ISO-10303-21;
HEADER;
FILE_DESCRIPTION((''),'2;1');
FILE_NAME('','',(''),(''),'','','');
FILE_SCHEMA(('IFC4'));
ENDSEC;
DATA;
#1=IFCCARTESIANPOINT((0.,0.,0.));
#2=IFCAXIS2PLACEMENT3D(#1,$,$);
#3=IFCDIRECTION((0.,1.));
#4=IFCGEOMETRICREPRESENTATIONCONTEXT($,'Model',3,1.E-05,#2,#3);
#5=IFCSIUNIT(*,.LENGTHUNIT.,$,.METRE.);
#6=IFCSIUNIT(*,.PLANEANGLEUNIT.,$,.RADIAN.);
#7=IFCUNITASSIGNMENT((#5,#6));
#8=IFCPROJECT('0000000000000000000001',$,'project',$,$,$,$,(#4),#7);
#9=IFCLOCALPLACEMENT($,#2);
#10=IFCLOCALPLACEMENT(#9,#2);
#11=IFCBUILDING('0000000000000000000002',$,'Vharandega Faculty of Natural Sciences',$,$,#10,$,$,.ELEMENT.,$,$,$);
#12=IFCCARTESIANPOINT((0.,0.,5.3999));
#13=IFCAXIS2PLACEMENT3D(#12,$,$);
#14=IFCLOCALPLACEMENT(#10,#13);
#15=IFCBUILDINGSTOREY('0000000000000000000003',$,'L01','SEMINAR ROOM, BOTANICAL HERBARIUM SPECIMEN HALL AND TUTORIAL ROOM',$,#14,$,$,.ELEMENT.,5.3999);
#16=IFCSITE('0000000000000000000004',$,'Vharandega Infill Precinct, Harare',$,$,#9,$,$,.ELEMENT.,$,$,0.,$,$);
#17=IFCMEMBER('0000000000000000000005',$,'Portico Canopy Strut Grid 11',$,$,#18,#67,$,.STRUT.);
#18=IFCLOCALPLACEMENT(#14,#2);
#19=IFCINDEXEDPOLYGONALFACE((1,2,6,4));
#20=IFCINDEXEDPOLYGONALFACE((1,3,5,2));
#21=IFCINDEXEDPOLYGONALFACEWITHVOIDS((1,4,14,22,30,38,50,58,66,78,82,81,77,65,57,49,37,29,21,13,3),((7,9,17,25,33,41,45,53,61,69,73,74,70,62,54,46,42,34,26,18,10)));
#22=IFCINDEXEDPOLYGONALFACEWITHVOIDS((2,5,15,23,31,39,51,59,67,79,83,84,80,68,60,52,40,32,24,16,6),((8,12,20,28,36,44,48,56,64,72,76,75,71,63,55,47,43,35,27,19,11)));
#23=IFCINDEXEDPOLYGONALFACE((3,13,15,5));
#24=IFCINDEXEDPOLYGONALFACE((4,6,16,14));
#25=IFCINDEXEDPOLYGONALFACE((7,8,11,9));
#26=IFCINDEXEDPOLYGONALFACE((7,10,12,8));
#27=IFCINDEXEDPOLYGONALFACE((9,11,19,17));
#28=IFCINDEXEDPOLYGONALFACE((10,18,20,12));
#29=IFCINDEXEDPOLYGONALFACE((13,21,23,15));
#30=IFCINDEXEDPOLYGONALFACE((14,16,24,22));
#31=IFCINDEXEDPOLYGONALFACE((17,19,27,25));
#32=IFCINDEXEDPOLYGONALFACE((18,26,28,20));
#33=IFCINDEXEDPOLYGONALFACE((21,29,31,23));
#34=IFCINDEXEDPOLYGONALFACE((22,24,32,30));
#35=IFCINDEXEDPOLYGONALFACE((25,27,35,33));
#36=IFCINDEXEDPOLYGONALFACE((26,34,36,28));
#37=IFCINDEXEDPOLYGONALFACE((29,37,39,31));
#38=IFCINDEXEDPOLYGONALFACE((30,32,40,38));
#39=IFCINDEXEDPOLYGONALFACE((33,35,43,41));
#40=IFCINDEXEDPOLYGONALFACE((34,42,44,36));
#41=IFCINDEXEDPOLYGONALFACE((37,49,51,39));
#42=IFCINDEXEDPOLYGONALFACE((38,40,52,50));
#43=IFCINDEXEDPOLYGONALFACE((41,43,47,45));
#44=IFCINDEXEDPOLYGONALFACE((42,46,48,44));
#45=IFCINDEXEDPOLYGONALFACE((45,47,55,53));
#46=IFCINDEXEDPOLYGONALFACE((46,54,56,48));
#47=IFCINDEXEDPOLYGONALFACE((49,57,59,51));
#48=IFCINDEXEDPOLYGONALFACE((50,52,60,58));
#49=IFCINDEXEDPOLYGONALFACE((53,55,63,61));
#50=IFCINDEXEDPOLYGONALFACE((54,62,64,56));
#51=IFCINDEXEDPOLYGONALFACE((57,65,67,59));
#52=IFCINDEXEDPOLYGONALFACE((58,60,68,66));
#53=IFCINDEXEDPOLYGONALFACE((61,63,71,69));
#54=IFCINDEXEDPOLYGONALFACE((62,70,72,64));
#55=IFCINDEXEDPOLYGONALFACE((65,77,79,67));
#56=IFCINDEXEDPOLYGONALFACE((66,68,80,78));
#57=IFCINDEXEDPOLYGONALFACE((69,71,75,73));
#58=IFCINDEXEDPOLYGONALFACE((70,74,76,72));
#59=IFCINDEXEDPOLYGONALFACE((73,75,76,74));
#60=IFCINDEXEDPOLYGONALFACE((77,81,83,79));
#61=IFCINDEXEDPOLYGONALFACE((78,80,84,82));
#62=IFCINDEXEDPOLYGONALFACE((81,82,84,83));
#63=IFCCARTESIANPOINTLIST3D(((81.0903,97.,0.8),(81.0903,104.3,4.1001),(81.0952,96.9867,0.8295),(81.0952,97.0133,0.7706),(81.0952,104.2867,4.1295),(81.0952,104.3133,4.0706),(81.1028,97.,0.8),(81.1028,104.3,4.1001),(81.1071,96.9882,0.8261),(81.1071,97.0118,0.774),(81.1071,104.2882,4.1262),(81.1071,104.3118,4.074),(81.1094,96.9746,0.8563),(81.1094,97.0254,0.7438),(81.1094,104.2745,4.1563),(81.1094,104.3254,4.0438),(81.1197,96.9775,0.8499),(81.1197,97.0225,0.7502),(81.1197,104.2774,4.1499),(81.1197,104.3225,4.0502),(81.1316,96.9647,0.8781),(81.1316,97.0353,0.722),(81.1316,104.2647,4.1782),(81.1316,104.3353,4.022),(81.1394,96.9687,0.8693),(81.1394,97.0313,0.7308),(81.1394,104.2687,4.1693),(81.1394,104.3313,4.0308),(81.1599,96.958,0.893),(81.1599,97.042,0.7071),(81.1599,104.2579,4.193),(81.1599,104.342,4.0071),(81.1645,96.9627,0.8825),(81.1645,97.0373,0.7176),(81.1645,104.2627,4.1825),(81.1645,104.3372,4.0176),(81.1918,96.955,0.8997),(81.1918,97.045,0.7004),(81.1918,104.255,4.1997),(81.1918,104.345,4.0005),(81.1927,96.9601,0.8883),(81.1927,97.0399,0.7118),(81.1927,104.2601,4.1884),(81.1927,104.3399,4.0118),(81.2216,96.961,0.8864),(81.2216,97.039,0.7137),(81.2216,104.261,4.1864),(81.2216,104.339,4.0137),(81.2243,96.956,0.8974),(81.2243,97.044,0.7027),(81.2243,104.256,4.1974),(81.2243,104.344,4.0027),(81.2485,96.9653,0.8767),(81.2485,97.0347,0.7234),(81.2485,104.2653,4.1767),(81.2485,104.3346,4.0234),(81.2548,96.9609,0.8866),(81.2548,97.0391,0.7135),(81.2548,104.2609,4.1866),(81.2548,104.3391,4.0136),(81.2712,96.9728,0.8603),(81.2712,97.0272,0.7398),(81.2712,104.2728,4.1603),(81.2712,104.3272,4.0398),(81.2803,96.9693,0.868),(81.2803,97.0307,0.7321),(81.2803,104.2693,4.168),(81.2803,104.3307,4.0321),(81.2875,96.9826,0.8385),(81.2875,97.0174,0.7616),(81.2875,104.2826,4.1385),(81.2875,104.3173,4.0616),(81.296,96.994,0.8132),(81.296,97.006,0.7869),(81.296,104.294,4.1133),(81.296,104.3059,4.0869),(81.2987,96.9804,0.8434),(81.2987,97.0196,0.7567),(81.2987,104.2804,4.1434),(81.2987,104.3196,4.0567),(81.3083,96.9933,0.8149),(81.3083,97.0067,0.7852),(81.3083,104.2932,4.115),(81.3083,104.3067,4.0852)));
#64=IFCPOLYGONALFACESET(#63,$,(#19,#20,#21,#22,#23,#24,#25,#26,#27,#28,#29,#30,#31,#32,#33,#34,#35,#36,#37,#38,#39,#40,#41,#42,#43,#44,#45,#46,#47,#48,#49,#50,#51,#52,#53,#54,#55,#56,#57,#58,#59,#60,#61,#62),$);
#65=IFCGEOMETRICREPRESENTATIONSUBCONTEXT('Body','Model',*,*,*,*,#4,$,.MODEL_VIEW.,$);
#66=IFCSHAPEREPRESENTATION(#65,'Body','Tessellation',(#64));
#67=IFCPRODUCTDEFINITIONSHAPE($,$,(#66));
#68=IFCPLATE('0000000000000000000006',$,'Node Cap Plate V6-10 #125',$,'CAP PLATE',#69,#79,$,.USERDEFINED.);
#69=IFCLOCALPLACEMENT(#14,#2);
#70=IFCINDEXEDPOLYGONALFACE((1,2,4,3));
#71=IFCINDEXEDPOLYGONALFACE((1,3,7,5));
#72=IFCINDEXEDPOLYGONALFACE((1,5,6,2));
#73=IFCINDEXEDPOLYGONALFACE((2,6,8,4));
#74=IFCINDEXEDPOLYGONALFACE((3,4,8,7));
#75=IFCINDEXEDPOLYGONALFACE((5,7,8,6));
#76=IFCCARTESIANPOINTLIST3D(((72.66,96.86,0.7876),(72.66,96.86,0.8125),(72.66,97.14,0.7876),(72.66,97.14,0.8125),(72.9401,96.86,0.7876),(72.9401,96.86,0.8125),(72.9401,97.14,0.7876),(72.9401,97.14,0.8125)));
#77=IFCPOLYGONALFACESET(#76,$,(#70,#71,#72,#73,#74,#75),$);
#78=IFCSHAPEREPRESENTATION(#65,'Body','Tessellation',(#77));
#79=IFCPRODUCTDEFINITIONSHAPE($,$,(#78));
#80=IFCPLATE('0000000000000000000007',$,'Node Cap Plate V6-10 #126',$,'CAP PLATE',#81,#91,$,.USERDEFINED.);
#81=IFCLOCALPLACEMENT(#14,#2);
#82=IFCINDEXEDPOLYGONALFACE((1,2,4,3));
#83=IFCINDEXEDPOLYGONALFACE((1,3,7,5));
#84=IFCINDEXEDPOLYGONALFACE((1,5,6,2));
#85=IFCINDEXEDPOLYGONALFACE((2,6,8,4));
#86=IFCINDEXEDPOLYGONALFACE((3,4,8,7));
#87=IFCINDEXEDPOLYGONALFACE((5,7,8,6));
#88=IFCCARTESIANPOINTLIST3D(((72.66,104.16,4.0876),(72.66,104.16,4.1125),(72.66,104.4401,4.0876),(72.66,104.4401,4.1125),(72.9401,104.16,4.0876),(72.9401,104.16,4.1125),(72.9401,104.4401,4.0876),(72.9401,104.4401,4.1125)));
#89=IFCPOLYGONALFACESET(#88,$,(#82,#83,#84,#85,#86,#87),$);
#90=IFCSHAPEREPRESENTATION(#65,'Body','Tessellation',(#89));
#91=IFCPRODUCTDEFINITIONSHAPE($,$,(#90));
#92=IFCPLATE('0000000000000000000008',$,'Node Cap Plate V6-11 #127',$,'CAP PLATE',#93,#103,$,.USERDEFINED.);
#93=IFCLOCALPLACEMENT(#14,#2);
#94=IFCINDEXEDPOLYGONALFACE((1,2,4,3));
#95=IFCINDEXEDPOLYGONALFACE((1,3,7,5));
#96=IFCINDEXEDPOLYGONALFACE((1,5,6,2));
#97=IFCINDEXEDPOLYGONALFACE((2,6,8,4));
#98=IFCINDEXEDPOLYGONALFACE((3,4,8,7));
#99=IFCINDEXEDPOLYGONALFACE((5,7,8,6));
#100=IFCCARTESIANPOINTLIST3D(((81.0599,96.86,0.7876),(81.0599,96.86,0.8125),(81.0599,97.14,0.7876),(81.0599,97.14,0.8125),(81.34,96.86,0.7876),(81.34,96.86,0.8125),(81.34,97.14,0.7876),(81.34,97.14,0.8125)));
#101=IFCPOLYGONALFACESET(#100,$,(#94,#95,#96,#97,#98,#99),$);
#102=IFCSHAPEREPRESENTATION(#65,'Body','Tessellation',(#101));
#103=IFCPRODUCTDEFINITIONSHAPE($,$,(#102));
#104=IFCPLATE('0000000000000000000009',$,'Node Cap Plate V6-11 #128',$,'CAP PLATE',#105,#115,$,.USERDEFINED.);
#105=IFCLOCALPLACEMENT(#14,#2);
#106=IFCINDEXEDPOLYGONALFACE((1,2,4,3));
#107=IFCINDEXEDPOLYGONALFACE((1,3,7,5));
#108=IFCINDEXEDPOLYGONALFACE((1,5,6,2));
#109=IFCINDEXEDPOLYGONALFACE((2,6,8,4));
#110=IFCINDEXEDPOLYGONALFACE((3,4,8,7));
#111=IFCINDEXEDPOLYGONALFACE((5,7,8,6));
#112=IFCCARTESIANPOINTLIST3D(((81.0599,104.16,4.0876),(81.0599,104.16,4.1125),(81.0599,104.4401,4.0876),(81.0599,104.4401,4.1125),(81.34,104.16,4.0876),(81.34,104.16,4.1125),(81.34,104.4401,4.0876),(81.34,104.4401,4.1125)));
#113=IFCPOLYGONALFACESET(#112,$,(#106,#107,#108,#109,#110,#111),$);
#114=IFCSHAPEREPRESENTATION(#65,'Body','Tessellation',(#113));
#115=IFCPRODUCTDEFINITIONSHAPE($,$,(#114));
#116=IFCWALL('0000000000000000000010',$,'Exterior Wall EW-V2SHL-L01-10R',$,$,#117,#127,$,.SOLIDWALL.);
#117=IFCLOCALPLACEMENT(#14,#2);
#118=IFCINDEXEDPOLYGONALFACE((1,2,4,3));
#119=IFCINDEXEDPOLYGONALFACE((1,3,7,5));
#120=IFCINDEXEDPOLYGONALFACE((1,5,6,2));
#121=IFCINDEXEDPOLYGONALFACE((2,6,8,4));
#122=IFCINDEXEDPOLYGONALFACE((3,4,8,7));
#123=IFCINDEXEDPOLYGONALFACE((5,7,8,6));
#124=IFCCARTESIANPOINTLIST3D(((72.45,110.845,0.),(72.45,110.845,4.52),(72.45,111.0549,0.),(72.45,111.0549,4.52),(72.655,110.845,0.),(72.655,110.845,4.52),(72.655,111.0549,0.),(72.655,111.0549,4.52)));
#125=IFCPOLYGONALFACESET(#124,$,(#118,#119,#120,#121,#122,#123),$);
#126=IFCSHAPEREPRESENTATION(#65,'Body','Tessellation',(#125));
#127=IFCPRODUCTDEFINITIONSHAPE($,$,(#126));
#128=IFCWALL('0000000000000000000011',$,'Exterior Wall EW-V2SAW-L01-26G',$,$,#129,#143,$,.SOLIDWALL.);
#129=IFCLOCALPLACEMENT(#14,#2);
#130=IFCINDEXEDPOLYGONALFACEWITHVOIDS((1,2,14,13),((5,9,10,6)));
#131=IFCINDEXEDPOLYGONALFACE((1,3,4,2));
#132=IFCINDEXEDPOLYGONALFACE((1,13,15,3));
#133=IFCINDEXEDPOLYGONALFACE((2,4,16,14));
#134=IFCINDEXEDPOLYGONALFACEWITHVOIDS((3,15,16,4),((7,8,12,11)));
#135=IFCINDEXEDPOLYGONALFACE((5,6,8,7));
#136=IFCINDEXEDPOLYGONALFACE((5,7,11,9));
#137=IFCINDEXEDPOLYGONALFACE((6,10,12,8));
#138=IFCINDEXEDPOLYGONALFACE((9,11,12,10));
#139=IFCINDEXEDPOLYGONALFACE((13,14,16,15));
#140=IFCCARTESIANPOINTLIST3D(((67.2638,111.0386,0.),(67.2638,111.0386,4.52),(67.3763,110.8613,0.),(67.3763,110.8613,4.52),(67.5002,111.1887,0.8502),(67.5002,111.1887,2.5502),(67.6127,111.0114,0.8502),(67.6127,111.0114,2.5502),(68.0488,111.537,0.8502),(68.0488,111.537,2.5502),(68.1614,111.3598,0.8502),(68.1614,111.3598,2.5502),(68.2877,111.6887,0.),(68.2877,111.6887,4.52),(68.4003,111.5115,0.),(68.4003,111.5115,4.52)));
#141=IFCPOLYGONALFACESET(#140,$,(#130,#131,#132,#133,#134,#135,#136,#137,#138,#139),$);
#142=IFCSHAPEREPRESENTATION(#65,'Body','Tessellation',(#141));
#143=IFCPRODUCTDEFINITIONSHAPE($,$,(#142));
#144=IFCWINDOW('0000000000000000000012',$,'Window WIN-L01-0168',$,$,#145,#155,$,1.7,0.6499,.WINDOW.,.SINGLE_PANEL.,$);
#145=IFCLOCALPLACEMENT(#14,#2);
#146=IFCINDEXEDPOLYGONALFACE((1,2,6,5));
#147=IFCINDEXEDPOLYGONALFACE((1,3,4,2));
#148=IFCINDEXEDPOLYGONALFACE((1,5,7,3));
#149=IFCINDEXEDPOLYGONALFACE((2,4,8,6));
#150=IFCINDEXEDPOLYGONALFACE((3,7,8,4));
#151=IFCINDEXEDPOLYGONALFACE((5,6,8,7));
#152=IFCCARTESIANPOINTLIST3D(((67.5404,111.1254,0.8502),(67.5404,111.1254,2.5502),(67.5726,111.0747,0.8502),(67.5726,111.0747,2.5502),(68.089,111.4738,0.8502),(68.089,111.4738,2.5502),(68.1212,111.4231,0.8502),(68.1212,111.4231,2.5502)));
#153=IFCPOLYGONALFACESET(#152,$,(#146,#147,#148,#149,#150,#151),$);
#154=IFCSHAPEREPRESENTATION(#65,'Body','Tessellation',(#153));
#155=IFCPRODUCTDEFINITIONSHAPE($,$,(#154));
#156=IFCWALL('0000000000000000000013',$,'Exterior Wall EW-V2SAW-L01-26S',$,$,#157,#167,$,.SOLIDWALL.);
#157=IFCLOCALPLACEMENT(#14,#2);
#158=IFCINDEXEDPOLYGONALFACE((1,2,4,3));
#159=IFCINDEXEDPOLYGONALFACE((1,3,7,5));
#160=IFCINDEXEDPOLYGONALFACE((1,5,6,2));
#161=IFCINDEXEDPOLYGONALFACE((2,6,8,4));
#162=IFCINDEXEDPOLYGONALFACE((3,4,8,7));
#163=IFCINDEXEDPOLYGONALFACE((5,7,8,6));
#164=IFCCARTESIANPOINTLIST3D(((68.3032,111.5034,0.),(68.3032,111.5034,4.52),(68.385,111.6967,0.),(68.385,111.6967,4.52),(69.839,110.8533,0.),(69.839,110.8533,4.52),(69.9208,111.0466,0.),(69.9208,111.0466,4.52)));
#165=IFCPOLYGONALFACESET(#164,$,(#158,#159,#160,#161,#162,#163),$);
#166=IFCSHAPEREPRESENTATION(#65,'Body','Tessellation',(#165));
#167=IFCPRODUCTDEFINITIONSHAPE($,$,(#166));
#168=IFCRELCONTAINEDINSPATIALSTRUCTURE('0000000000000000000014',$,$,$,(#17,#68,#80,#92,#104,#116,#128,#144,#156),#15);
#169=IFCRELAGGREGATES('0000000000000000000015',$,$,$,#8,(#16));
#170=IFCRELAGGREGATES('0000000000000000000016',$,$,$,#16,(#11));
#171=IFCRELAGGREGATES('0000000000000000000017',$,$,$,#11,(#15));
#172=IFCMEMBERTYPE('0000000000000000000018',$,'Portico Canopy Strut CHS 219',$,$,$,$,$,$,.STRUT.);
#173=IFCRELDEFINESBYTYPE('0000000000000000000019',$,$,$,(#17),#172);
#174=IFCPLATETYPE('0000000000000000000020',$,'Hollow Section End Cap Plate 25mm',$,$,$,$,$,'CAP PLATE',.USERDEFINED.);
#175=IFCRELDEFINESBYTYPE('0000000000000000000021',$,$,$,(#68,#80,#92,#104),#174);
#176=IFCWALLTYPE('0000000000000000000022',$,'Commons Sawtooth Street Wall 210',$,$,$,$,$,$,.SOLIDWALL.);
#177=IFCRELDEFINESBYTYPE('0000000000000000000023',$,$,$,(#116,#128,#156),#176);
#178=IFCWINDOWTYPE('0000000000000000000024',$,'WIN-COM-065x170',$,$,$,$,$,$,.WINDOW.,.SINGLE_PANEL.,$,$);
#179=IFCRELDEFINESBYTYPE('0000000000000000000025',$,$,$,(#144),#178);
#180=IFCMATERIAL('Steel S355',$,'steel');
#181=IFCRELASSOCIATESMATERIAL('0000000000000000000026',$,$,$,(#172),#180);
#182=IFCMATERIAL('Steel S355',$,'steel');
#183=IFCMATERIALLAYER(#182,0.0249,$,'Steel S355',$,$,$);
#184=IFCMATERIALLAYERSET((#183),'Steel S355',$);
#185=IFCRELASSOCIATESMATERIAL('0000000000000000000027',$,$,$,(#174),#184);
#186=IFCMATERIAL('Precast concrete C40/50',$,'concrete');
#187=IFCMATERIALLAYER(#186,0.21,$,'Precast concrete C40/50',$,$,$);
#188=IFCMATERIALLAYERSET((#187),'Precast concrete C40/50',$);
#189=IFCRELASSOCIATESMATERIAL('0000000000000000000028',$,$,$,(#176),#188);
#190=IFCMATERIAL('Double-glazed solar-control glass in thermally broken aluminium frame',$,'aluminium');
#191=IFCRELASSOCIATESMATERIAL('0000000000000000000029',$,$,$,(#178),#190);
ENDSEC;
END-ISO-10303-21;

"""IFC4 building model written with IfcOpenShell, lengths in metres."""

from ifc_helpers import new_model, si_unit, direction, frame, frame_2d, origin, origin_2d, place, context, subcontext, project, spatial, rectangle, hollow_circle, extrude, material, layer, layer_set, material_profile, profile_set, type_object, element, fill, save


model = new_model("IFC4")

# Units and contexts
model_context = context("Model", 3, precision=1e-05, world=origin(), true_north=direction((0.0, 1.0)))
body_context = subcontext(model_context, "Body", "Model", "MODEL_VIEW")
ifc_project = project(units=[si_unit("LENGTHUNIT", "METRE"), si_unit("PLANEANGLEUNIT", "RADIAN")], contexts=[model_context])

# Site, building, storey
site_placement = place(None, origin())
site = spatial("IfcSite", under=ifc_project, at=site_placement, Name="Vharandega Infill Precinct, Harare", CompositionType="ELEMENT", RefElevation=0.0)
building_placement = place(site_placement, origin())
building = spatial("IfcBuilding", under=site, at=building_placement, Name="Vharandega Faculty of Natural Sciences", CompositionType="ELEMENT")
storey_placement = place(building_placement, frame((0.0, 0.0, 5.3999)))
storey = spatial("IfcBuildingStorey", under=building, at=storey_placement, Name="L01", Description="SEMINAR ROOM, BOTANICAL HERBARIUM SPECIMEN HALL AND TUTORIAL ROOM", CompositionType="ELEMENT", Elevation=5.3999)

# Member
ifc_material_1 = material(Name="Steel S355", Category="steel")
ifc_material_profile_1 = material_profile(ifc_material_1, hollow_circle(Radius=0.1096, WallThickness=0.0125, at=origin_2d()), Name="CHS 219.1x12.5")
ifc_profile_set_1 = profile_set([ifc_material_profile_1], Name="Steel S355")
member_type = type_object("IfcMemberType", Name="Portico Canopy Strut CHS 219", PredefinedType="STRUT", material=ifc_profile_set_1)
for number, where, z_axis, x_axis, name in (
    (1, (81.2, 97.0, 0.8), (0.0, 0.911218, 0.411924), (-1.0, 0.0, 0.0), "Portico Canopy Strut Grid 11"),
):
    element("IfcMember", number, at=place(storey_placement, frame(where, z_axis=z_axis, x_axis=x_axis)), inside=storey, type_object=member_type, Name=name, PredefinedType="STRUT", context=body_context, shape_type="SweptSolid", body=[
        extrude(hollow_circle(Radius=0.1096, WallThickness=0.0125, at=origin_2d()), origin(), (0.0, 0.0, 1.0), 8.0112),
    ])

# Plates
ifc_material_2 = material(Name="Steel S355", Category="steel")
ifc_layer_1 = layer(ifc_material_2, 0.0249, Name="Steel S355")
ifc_layer_set_1 = layer_set([ifc_layer_1], Name="Steel S355")
plate_type = type_object("IfcPlateType", Name="Hollow Section End Cap Plate 25mm", ElementType="CAP PLATE", PredefinedType="USERDEFINED", material=ifc_layer_set_1)
for number, where, z_axis, x_axis, name in (
    (2, (72.8, 97.0, 0.7876), (0.0, 0.0, 1.0), (1.0, 0.0, 0.0), "Node Cap Plate V6-10 #125"),
    (3, (72.8, 104.3, 4.0876), (0.0, 0.0, 1.0), (1.0, 0.0, 0.0), "Node Cap Plate V6-10 #126"),
    (4, (81.2, 97.0, 0.7876), (0.0, 0.0, 1.0), (1.0, 0.0, 0.0), "Node Cap Plate V6-11 #127"),
    (5, (81.2, 104.3, 4.0876), (0.0, 0.0, 1.0), (1.0, 0.0, 0.0), "Node Cap Plate V6-11 #128"),
):
    element("IfcPlate", number, at=place(storey_placement, frame(where, z_axis=z_axis, x_axis=x_axis)), inside=storey, type_object=plate_type, Name=name, ObjectType="CAP PLATE", PredefinedType="USERDEFINED", context=body_context, shape_type="SweptSolid", body=[
        extrude(rectangle(XDim=0.28, YDim=0.28, at=origin_2d()), origin(), (0.0, 0.0, 1.0), 0.0249),
    ])

# Wall
ifc_material_3 = material(Name="Precast concrete C40/50", Category="concrete")
ifc_layer_2 = layer(ifc_material_3, 0.21, Name="Precast concrete C40/50")
ifc_layer_set_2 = layer_set([ifc_layer_2], Name="Precast concrete C40/50")
wall_type_1 = type_object("IfcWallType", Name="Commons Sawtooth Street Wall 210", PredefinedType="SOLIDWALL", material=ifc_layer_set_2)
wall_1_placement = place(storey_placement, frame((72.45, 110.95, 0.0), z_axis=(0.0, 0.0, 1.0), x_axis=(1.0, 0.0, 0.0)))
element("IfcWall", 6, at=wall_1_placement, inside=storey, type_object=wall_type_1, Name="Exterior Wall EW-V2SHL-L01-10R", PredefinedType="SOLIDWALL", context=body_context, shape_type="SweptSolid", body=[
    extrude(rectangle(XDim=0.2051, YDim=0.21, at=frame_2d((0.1025, 0.0))), origin(), (0.0, 0.0, 1.0), 4.52),
])

# Wall, opening, window
wall_2_placement = place(storey_placement, frame((67.3201, 110.95, 0.0), z_axis=(0.0, 0.0, 1.0), x_axis=(0.8442, 0.536029, 0.0)))
wall_2 = element("IfcWall", 7, at=wall_2_placement, inside=storey, type_object=wall_type_1, Name="Exterior Wall EW-V2SAW-L01-26G", PredefinedType="SOLIDWALL", context=body_context, shape_type="SweptSolid", body=[
    extrude(rectangle(XDim=1.2129, YDim=0.21, at=frame_2d((0.6064, 0.0))), origin(), (0.0, 0.0, 1.0), 4.52),
])
opening_1_placement = place(wall_2_placement, frame((0.28, 0.0, 0.8501)))
opening_1 = element("IfcOpeningElement", 8, at=opening_1_placement, cuts=wall_2, PredefinedType="OPENING", context=body_context, shape_type="SweptSolid", body=[
    extrude(rectangle(XDim=0.6499, YDim=1.7, at=frame_2d((0.325, 0.8501))), frame((0.0, 0.115, 0.0), z_axis=(0.0, -1.0, 0.0), x_axis=(1.0, 0.0, 0.0)), (0.0, 0.0, 1.0), 0.23),
])
ifc_material_4 = material(Name="Double-glazed solar-control glass in thermally broken aluminium frame", Category="aluminium")
window_type_1 = type_object("IfcWindowType", Name="WIN-COM-065x170", PartitioningType="SINGLE_PANEL", PredefinedType="WINDOW", material=ifc_material_4)
window_1_placement = place(opening_1_placement, origin())
window_1 = element("IfcWindow", 9, at=window_1_placement, inside=storey, type_object=window_type_1, Name="Window WIN-L01-0168", OverallHeight=1.7, OverallWidth=0.6499, PartitioningType="SINGLE_PANEL", PredefinedType="WINDOW", context=body_context, shape_type="SweptSolid", body=[
    extrude(rectangle(XDim=0.6499, YDim=1.7, at=frame_2d((0.325, 0.8501))), frame((0.0, 0.03, 0.0), z_axis=(0.0, -1.0, 0.0), x_axis=(1.0, 0.0, 0.0)), (0.0, 0.0, 1.0), 0.0601),
])
fill(opening_1, window_1)

# Wall
wall_3_placement = place(storey_placement, frame((68.344, 111.6001, 0.0), z_axis=(0.0, 0.0, 1.0), x_axis=(0.920892, -0.389817, 0.0)))
element("IfcWall", 10, at=wall_3_placement, inside=storey, type_object=wall_type_1, Name="Exterior Wall EW-V2SAW-L01-26S", PredefinedType="SOLIDWALL", context=body_context, shape_type="SweptSolid", body=[
    extrude(rectangle(XDim=1.6677, YDim=0.21, at=frame_2d((0.834, 0.0))), origin(), (0.0, 0.0, 1.0), 4.52),
])

save(model, "model.ifc")
